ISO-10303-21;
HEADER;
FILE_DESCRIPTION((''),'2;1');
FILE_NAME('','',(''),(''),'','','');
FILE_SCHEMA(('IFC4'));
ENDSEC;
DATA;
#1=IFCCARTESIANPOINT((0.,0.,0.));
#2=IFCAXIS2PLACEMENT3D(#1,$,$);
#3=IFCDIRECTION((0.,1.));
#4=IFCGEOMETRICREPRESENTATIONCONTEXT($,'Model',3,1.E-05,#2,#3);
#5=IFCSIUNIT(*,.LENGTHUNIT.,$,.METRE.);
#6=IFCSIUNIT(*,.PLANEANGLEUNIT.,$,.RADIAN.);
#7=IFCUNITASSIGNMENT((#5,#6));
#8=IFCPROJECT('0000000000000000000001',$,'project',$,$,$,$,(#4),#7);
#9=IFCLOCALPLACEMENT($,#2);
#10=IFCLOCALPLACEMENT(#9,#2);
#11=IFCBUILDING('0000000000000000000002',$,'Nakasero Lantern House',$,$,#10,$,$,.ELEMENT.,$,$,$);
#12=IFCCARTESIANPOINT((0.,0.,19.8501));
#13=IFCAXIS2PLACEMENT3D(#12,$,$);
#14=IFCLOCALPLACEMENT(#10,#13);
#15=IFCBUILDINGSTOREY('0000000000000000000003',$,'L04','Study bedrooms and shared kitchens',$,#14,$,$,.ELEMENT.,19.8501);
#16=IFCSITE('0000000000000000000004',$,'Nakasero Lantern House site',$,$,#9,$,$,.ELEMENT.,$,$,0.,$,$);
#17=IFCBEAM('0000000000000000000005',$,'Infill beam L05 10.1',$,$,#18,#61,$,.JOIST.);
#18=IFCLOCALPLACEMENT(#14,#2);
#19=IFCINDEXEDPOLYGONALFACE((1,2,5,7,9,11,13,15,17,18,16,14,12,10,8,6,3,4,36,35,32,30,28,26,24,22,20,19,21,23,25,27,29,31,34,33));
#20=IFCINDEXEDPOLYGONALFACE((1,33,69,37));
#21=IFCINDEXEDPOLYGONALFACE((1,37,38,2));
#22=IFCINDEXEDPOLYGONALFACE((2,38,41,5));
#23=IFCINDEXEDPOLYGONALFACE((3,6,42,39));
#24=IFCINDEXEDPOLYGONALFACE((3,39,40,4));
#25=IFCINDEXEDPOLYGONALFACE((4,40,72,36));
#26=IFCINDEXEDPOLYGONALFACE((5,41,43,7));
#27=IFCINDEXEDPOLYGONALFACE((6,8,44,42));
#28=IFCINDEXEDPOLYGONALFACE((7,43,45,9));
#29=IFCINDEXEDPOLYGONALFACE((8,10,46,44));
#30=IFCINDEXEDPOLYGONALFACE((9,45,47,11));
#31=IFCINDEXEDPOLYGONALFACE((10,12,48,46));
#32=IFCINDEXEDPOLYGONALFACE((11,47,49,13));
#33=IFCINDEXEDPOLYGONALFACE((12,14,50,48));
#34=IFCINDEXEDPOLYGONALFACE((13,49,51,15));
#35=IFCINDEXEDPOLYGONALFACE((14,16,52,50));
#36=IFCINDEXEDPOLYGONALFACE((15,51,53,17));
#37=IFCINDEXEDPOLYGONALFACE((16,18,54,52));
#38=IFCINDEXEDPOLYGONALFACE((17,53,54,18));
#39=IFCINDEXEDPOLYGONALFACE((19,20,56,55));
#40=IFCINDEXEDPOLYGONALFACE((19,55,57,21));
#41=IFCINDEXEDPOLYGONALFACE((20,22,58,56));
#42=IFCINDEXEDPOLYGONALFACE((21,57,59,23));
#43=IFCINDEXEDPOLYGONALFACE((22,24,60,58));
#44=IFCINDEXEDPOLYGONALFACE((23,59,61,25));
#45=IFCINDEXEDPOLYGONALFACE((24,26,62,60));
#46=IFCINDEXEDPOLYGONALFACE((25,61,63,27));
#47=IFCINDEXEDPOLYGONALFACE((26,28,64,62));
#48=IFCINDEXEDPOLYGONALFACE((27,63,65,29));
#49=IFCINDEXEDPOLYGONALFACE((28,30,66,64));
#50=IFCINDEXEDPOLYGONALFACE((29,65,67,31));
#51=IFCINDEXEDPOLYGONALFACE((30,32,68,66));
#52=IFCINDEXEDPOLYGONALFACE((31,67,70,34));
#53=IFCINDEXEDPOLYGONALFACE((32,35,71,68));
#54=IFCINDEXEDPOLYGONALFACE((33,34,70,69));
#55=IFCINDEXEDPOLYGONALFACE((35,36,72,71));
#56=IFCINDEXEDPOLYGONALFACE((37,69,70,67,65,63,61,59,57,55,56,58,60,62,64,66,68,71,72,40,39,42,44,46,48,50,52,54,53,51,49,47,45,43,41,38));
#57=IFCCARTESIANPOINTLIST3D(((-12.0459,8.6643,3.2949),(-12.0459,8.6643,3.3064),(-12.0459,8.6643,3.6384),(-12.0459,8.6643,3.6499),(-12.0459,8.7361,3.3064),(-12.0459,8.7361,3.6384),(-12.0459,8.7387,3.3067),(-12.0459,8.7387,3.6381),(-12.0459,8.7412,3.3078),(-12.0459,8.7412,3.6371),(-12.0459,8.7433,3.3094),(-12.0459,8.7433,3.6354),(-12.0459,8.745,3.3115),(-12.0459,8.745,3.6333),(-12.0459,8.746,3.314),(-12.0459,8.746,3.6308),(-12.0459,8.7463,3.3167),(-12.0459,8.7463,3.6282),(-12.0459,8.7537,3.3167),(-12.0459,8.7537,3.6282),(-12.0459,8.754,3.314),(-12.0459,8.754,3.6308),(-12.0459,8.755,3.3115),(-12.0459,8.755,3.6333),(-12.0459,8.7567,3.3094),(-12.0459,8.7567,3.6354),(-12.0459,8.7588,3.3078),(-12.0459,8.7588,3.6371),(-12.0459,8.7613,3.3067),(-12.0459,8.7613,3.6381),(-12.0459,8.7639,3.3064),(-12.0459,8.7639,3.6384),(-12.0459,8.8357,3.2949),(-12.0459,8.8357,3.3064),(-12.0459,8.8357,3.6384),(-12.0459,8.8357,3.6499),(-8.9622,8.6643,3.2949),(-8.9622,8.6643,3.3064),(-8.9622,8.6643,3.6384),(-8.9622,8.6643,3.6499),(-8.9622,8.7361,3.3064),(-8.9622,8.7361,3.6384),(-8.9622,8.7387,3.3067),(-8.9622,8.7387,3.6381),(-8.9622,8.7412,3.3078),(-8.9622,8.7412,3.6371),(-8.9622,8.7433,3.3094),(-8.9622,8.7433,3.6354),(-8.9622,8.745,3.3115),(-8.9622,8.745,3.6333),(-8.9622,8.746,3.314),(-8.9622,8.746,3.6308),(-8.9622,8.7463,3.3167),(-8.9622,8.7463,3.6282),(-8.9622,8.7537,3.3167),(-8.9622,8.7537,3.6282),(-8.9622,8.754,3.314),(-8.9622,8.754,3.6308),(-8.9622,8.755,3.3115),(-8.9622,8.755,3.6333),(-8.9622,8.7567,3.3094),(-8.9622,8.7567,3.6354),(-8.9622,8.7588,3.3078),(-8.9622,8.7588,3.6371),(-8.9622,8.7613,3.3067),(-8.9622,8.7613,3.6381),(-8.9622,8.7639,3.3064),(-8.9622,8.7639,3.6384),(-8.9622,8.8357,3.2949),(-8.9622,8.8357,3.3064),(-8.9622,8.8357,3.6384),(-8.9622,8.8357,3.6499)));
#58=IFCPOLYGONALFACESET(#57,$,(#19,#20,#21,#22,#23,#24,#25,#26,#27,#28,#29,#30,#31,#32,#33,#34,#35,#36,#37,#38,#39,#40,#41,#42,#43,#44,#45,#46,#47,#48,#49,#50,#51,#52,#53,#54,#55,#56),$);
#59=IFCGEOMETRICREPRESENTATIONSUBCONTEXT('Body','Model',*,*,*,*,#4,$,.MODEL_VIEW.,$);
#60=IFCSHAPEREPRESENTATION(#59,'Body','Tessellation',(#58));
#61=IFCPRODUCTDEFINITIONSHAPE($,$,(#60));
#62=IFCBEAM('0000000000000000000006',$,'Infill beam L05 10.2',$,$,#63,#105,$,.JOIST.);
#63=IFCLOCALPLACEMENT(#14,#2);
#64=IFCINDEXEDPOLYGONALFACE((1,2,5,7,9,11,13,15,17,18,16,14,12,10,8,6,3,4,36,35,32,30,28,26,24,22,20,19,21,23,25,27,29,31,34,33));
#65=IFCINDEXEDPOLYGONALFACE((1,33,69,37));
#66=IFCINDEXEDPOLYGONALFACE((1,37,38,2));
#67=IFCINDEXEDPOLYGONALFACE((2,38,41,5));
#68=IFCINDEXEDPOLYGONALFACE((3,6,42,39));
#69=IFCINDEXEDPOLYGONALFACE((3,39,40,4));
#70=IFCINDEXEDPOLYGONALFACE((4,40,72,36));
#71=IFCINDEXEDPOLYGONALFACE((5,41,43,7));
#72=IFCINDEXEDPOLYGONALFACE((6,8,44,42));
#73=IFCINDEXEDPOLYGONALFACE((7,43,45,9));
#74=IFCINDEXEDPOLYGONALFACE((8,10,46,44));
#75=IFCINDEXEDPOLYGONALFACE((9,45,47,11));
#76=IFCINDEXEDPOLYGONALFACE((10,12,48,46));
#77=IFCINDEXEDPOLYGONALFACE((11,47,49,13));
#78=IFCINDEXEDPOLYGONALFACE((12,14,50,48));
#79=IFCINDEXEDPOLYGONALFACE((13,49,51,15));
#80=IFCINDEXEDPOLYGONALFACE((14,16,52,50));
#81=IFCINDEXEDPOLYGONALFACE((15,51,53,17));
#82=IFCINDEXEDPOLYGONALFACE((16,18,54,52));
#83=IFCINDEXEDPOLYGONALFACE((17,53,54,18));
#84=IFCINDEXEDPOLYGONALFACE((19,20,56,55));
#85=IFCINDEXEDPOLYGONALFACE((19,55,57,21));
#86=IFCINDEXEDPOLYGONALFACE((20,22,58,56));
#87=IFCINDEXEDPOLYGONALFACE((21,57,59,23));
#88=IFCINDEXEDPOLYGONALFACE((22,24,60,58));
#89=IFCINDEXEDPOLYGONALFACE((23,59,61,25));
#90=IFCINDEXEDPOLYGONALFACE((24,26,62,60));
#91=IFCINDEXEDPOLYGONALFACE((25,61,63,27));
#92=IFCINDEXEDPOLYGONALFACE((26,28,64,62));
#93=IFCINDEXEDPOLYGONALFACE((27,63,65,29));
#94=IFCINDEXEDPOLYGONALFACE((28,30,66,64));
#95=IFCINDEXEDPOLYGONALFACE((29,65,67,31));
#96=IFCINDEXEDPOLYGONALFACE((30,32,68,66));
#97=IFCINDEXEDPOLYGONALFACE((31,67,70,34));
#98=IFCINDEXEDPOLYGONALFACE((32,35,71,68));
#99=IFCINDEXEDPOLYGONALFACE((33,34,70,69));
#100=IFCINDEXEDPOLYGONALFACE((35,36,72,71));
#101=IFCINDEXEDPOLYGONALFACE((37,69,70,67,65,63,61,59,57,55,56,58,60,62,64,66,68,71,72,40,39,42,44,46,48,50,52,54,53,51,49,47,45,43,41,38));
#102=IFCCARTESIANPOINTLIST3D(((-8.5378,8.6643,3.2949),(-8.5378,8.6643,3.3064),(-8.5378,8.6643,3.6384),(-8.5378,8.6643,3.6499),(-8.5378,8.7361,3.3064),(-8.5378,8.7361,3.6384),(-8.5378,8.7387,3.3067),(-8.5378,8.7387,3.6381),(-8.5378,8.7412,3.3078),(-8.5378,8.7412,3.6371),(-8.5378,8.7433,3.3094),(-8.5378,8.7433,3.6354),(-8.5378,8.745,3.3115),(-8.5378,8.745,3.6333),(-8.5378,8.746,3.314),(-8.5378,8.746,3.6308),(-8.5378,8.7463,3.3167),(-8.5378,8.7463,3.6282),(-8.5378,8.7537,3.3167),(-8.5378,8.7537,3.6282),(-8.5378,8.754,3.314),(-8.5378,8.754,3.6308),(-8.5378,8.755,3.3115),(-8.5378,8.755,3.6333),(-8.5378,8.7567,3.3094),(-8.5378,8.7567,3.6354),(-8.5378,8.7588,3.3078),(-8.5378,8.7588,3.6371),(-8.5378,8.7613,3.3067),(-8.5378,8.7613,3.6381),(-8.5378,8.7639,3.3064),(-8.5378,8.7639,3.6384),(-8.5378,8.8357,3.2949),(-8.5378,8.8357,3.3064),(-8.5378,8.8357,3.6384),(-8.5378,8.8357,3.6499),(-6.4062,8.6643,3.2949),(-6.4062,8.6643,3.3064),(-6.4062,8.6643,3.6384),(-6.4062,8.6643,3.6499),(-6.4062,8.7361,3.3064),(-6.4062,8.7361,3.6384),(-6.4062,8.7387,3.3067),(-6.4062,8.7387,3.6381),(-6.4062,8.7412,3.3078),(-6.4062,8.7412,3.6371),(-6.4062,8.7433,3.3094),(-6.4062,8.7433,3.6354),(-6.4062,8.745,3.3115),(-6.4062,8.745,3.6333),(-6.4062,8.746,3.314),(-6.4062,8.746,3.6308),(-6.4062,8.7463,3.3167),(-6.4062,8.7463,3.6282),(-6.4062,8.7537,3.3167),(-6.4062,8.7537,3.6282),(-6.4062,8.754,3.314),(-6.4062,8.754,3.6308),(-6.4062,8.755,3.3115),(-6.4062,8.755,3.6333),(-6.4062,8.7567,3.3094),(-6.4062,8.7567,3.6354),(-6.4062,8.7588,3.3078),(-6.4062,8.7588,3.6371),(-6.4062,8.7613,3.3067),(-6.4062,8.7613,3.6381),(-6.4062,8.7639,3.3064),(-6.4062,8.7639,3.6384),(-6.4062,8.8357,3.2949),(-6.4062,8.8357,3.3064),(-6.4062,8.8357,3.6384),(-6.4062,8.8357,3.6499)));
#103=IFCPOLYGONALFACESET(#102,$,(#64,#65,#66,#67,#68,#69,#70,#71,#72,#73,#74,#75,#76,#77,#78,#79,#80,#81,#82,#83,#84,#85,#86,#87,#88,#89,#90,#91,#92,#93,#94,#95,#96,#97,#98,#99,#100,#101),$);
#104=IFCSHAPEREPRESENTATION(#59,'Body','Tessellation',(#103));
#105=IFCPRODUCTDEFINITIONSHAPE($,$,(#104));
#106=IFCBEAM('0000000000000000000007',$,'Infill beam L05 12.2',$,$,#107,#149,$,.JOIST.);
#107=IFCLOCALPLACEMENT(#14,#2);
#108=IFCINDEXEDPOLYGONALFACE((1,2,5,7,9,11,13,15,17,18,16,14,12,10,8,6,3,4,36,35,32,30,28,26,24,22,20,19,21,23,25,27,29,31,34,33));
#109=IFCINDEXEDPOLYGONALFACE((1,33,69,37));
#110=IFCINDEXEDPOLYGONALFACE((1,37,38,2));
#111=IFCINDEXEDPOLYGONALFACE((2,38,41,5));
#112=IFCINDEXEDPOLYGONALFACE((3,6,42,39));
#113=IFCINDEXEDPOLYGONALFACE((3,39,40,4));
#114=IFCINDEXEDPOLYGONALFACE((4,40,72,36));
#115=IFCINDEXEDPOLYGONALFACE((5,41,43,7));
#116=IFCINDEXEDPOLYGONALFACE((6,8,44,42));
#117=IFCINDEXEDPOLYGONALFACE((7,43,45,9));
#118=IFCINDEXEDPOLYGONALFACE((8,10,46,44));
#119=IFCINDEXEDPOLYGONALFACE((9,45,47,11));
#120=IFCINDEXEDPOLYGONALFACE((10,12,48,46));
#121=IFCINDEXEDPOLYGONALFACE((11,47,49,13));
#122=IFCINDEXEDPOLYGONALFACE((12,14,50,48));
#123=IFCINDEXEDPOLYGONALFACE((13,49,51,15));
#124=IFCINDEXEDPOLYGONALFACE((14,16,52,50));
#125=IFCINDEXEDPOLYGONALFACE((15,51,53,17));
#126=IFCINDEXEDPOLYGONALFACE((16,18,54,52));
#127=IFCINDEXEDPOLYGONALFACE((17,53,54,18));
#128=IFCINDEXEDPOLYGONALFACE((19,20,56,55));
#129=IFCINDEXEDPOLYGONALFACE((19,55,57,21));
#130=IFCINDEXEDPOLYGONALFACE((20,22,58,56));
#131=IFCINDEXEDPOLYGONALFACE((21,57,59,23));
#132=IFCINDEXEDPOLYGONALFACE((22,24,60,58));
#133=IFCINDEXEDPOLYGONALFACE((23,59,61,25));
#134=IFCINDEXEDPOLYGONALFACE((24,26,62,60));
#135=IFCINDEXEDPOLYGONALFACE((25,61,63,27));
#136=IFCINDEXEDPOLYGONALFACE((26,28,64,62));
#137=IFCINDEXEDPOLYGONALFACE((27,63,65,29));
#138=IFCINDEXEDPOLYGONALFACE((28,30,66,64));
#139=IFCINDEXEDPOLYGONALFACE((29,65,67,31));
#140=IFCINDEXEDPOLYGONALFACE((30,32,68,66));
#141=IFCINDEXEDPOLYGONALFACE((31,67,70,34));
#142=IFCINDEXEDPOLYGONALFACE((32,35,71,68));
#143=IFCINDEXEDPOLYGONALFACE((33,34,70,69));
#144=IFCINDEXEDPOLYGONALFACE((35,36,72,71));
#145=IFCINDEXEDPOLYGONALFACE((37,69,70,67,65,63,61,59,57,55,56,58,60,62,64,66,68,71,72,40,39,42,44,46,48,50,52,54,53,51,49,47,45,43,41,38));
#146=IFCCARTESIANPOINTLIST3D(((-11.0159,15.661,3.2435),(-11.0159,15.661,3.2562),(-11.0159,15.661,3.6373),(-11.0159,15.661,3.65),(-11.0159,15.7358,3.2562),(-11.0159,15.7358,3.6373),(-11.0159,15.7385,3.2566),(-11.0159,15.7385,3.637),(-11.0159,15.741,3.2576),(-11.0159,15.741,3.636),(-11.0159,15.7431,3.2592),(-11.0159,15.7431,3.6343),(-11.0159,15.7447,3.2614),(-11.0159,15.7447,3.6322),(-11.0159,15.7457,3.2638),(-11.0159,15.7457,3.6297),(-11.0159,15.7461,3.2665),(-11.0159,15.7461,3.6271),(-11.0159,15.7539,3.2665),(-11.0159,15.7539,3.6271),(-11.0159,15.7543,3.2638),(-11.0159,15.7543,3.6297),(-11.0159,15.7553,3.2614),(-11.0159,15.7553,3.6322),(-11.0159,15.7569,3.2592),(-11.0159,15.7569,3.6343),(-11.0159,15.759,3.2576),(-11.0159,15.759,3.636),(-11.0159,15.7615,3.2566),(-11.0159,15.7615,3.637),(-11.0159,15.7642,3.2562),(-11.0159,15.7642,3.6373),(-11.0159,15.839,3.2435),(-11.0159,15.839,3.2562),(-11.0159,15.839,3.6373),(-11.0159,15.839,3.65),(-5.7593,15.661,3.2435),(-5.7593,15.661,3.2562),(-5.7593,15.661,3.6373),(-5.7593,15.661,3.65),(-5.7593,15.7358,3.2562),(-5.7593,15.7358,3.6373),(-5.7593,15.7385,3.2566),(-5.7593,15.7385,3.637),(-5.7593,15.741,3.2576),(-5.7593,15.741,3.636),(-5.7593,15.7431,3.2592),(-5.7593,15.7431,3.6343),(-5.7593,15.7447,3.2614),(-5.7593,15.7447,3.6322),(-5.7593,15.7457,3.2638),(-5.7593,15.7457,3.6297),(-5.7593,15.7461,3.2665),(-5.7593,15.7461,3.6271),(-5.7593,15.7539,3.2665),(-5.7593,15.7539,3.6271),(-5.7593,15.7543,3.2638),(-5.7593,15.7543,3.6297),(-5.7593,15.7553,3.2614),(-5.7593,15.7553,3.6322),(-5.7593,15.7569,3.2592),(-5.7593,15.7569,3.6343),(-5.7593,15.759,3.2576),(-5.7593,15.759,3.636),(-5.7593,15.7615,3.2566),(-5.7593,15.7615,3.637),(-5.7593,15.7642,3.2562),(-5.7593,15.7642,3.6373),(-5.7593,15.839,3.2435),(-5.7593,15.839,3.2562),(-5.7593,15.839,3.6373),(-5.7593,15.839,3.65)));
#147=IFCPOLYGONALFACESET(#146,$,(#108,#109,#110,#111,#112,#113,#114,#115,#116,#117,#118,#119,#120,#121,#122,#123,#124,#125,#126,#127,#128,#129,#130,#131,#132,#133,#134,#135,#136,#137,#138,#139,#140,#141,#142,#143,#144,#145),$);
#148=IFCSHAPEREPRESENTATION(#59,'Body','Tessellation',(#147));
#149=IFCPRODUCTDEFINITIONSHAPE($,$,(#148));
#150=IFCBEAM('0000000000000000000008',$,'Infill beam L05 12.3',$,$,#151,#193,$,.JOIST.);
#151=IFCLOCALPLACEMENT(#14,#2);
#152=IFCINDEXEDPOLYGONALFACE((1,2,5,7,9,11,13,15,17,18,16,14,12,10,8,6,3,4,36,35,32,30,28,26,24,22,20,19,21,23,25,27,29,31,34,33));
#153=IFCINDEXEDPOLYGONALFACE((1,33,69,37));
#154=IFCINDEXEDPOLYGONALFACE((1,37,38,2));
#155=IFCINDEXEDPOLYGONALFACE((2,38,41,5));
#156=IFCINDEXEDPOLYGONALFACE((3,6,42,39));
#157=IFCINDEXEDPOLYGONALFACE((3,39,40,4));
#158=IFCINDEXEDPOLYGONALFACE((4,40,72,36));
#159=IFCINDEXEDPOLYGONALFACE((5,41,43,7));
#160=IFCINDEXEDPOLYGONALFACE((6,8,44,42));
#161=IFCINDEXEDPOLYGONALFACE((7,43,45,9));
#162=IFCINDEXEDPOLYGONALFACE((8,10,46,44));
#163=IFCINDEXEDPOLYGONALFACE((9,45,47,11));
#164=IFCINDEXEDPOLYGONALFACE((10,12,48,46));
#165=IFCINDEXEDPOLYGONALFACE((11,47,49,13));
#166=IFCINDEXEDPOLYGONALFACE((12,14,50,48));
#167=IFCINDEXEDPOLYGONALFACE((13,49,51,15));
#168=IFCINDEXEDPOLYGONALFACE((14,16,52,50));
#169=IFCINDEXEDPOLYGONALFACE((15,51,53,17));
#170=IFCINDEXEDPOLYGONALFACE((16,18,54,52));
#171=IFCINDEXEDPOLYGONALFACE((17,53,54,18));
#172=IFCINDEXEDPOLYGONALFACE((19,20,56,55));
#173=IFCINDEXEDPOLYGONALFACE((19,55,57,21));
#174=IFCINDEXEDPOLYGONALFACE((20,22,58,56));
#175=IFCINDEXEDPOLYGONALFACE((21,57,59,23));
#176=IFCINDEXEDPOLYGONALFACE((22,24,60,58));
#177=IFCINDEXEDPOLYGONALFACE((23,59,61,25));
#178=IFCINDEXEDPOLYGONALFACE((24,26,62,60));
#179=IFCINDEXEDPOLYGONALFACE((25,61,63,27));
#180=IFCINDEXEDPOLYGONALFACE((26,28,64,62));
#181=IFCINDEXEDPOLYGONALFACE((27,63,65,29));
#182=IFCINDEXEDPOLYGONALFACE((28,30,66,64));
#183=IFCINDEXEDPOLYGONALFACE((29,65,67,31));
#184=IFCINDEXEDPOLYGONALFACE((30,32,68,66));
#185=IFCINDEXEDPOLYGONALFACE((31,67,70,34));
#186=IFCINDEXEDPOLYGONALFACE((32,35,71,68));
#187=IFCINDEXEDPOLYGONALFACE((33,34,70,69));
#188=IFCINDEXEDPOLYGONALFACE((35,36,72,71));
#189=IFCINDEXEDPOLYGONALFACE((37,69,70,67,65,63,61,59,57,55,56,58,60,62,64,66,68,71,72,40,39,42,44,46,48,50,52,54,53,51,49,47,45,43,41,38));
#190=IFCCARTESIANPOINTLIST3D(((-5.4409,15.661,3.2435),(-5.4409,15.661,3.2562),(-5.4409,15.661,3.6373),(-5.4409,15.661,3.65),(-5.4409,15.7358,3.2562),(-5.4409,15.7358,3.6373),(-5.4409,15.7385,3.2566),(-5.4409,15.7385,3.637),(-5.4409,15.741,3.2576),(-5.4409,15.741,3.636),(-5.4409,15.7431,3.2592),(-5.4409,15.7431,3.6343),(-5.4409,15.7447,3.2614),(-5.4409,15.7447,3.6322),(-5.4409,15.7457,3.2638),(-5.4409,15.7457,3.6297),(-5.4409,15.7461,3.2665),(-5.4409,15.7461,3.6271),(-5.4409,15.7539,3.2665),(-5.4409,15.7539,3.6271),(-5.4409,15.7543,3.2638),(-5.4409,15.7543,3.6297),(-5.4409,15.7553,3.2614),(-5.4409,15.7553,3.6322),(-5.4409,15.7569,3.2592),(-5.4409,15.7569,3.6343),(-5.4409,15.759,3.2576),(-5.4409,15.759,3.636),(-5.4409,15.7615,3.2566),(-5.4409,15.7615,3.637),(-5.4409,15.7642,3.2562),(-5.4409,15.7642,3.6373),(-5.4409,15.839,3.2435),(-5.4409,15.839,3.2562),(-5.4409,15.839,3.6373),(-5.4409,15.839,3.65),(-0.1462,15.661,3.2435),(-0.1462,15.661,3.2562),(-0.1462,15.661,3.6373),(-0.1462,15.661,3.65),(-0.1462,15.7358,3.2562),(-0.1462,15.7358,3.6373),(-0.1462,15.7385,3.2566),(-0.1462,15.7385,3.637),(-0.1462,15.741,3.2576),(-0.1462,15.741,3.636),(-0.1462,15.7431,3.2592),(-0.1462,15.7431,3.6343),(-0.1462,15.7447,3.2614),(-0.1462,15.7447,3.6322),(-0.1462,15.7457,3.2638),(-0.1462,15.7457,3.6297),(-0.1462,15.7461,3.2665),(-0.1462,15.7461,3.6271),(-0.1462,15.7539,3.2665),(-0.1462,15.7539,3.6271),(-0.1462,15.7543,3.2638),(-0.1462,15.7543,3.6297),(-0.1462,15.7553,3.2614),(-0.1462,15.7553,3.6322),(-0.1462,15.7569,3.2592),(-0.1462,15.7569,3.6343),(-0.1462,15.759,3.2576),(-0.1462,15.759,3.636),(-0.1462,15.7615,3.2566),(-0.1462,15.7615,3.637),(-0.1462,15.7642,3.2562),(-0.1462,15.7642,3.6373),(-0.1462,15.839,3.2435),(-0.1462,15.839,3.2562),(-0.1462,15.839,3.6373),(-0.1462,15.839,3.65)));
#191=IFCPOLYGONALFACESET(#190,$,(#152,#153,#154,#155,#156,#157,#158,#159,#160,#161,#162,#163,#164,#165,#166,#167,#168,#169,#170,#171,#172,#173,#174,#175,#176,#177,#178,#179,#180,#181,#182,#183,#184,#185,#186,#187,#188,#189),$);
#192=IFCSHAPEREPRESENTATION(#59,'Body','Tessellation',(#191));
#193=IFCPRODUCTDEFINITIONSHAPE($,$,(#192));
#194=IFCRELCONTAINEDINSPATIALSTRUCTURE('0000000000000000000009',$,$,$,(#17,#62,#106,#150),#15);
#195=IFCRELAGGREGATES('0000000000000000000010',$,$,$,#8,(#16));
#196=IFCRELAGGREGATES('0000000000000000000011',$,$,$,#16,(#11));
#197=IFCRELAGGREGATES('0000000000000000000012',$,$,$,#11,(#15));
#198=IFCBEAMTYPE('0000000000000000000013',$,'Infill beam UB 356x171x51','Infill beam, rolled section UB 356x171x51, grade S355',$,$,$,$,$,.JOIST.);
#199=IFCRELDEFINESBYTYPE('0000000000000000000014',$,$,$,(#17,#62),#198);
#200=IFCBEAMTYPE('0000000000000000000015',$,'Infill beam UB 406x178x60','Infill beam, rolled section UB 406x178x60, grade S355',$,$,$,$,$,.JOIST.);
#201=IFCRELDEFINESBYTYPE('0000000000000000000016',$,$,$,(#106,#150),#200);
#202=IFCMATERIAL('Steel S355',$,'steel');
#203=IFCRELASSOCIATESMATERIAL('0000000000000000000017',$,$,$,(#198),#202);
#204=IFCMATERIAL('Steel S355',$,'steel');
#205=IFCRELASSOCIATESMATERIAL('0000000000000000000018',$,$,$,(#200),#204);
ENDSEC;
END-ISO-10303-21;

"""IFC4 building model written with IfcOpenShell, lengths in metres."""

from ifc_helpers import new_model, si_unit, direction, frame, origin, origin_2d, place, context, subcontext, project, spatial, i_section, extrude, material, material_profile, profile_set, type_object, element, save


model = new_model("IFC4")

# Units and contexts
model_context = context("Model", 3, precision=1e-05, world=origin(), true_north=direction((0.0, 1.0)))
body_context = subcontext(model_context, "Body", "Model", "MODEL_VIEW")
ifc_project = project(units=[si_unit("LENGTHUNIT", "METRE"), si_unit("PLANEANGLEUNIT", "RADIAN")], contexts=[model_context])

# Site, building, storey
site_placement = place(None, origin())
site = spatial("IfcSite", under=ifc_project, at=site_placement, Name="Nakasero Lantern House site", CompositionType="ELEMENT", RefElevation=0.0)
building_placement = place(site_placement, origin())
building = spatial("IfcBuilding", under=site, at=building_placement, Name="Nakasero Lantern House", CompositionType="ELEMENT")
storey_placement = place(building_placement, frame((0.0, 0.0, 19.8501)))
storey = spatial("IfcBuildingStorey", under=building, at=storey_placement, Name="L04", Description="Study bedrooms and shared kitchens", CompositionType="ELEMENT", Elevation=19.8501)

# Beams
ifc_material_1 = material(Name="Steel S355", Category="steel")
ifc_material_profile_1 = material_profile(ifc_material_1, i_section(OverallWidth=0.1714, OverallDepth=0.355, WebThickness=0.0073, FlangeThickness=0.0115, FilletRadius=0.0103, at=origin_2d()), Name="UB 356x171x51")
ifc_profile_set_1 = profile_set([ifc_material_profile_1], Name="Steel S355")
beam_type_1 = type_object("IfcBeamType", Name="Infill beam UB 356x171x51", Description="Infill beam, rolled section UB 356x171x51, grade S355", PredefinedType="JOIST", material=ifc_profile_set_1)
beam_1_placement = place(storey_placement, frame((-12.0459, 8.75, 3.4724), z_axis=(1.0, 0.0, 0.0), x_axis=(0.0, 1.0, 0.0)))
element("IfcBeam", 1, at=beam_1_placement, inside=storey, type_object=beam_type_1, Name="Infill beam L05 10.1", PredefinedType="JOIST", context=body_context, shape_type="SweptSolid", body=[
    extrude(i_section(OverallWidth=0.1714, OverallDepth=0.355, WebThickness=0.0073, FlangeThickness=0.0115, FilletRadius=0.0103, at=origin_2d()), origin(), (0.0, 0.0, 1.0), 3.0837),
])
beam_2_placement = place(storey_placement, frame((-8.5378, 8.75, 3.4724), z_axis=(1.0, 0.0, 0.0), x_axis=(0.0, 1.0, 0.0)))
element("IfcBeam", 2, at=beam_2_placement, inside=storey, type_object=beam_type_1, Name="Infill beam L05 10.2", PredefinedType="JOIST", context=body_context, shape_type="SweptSolid", body=[
    extrude(i_section(OverallWidth=0.1714, OverallDepth=0.355, WebThickness=0.0073, FlangeThickness=0.0115, FilletRadius=0.0103, at=origin_2d()), origin(), (0.0, 0.0, 1.0), 2.1316),
])
ifc_material_2 = material(Name="Steel S355", Category="steel")
ifc_material_profile_2 = material_profile(ifc_material_2, i_section(OverallWidth=0.178, OverallDepth=0.4065, WebThickness=0.0078, FlangeThickness=0.0127, FilletRadius=0.0103, at=origin_2d()), Name="UB 406x178x60")
ifc_profile_set_2 = profile_set([ifc_material_profile_2], Name="Steel S355")
beam_type_2 = type_object("IfcBeamType", Name="Infill beam UB 406x178x60", Description="Infill beam, rolled section UB 406x178x60, grade S355", PredefinedType="JOIST", material=ifc_profile_set_2)
beam_3_placement = place(storey_placement, frame((-11.0159, 15.75, 3.4468), z_axis=(1.0, 0.0, 0.0), x_axis=(0.0, 1.0, 0.0)))
element("IfcBeam", 3, at=beam_3_placement, inside=storey, type_object=beam_type_2, Name="Infill beam L05 12.2", PredefinedType="JOIST", context=body_context, shape_type="SweptSolid", body=[
    extrude(i_section(OverallWidth=0.178, OverallDepth=0.4065, WebThickness=0.0078, FlangeThickness=0.0127, FilletRadius=0.0103, at=origin_2d()), origin(), (0.0, 0.0, 1.0), 5.2566),
])
beam_4_placement = place(storey_placement, frame((-5.4409, 15.75, 3.4468), z_axis=(1.0, 0.0, 0.0), x_axis=(0.0, 1.0, 0.0)))
element("IfcBeam", 4, at=beam_4_placement, inside=storey, type_object=beam_type_2, Name="Infill beam L05 12.3", PredefinedType="JOIST", context=body_context, shape_type="SweptSolid", body=[
    extrude(i_section(OverallWidth=0.178, OverallDepth=0.4065, WebThickness=0.0078, FlangeThickness=0.0127, FilletRadius=0.0103, at=origin_2d()), origin(), (0.0, 0.0, 1.0), 5.2947),
])

save(model, "model.ifc")
